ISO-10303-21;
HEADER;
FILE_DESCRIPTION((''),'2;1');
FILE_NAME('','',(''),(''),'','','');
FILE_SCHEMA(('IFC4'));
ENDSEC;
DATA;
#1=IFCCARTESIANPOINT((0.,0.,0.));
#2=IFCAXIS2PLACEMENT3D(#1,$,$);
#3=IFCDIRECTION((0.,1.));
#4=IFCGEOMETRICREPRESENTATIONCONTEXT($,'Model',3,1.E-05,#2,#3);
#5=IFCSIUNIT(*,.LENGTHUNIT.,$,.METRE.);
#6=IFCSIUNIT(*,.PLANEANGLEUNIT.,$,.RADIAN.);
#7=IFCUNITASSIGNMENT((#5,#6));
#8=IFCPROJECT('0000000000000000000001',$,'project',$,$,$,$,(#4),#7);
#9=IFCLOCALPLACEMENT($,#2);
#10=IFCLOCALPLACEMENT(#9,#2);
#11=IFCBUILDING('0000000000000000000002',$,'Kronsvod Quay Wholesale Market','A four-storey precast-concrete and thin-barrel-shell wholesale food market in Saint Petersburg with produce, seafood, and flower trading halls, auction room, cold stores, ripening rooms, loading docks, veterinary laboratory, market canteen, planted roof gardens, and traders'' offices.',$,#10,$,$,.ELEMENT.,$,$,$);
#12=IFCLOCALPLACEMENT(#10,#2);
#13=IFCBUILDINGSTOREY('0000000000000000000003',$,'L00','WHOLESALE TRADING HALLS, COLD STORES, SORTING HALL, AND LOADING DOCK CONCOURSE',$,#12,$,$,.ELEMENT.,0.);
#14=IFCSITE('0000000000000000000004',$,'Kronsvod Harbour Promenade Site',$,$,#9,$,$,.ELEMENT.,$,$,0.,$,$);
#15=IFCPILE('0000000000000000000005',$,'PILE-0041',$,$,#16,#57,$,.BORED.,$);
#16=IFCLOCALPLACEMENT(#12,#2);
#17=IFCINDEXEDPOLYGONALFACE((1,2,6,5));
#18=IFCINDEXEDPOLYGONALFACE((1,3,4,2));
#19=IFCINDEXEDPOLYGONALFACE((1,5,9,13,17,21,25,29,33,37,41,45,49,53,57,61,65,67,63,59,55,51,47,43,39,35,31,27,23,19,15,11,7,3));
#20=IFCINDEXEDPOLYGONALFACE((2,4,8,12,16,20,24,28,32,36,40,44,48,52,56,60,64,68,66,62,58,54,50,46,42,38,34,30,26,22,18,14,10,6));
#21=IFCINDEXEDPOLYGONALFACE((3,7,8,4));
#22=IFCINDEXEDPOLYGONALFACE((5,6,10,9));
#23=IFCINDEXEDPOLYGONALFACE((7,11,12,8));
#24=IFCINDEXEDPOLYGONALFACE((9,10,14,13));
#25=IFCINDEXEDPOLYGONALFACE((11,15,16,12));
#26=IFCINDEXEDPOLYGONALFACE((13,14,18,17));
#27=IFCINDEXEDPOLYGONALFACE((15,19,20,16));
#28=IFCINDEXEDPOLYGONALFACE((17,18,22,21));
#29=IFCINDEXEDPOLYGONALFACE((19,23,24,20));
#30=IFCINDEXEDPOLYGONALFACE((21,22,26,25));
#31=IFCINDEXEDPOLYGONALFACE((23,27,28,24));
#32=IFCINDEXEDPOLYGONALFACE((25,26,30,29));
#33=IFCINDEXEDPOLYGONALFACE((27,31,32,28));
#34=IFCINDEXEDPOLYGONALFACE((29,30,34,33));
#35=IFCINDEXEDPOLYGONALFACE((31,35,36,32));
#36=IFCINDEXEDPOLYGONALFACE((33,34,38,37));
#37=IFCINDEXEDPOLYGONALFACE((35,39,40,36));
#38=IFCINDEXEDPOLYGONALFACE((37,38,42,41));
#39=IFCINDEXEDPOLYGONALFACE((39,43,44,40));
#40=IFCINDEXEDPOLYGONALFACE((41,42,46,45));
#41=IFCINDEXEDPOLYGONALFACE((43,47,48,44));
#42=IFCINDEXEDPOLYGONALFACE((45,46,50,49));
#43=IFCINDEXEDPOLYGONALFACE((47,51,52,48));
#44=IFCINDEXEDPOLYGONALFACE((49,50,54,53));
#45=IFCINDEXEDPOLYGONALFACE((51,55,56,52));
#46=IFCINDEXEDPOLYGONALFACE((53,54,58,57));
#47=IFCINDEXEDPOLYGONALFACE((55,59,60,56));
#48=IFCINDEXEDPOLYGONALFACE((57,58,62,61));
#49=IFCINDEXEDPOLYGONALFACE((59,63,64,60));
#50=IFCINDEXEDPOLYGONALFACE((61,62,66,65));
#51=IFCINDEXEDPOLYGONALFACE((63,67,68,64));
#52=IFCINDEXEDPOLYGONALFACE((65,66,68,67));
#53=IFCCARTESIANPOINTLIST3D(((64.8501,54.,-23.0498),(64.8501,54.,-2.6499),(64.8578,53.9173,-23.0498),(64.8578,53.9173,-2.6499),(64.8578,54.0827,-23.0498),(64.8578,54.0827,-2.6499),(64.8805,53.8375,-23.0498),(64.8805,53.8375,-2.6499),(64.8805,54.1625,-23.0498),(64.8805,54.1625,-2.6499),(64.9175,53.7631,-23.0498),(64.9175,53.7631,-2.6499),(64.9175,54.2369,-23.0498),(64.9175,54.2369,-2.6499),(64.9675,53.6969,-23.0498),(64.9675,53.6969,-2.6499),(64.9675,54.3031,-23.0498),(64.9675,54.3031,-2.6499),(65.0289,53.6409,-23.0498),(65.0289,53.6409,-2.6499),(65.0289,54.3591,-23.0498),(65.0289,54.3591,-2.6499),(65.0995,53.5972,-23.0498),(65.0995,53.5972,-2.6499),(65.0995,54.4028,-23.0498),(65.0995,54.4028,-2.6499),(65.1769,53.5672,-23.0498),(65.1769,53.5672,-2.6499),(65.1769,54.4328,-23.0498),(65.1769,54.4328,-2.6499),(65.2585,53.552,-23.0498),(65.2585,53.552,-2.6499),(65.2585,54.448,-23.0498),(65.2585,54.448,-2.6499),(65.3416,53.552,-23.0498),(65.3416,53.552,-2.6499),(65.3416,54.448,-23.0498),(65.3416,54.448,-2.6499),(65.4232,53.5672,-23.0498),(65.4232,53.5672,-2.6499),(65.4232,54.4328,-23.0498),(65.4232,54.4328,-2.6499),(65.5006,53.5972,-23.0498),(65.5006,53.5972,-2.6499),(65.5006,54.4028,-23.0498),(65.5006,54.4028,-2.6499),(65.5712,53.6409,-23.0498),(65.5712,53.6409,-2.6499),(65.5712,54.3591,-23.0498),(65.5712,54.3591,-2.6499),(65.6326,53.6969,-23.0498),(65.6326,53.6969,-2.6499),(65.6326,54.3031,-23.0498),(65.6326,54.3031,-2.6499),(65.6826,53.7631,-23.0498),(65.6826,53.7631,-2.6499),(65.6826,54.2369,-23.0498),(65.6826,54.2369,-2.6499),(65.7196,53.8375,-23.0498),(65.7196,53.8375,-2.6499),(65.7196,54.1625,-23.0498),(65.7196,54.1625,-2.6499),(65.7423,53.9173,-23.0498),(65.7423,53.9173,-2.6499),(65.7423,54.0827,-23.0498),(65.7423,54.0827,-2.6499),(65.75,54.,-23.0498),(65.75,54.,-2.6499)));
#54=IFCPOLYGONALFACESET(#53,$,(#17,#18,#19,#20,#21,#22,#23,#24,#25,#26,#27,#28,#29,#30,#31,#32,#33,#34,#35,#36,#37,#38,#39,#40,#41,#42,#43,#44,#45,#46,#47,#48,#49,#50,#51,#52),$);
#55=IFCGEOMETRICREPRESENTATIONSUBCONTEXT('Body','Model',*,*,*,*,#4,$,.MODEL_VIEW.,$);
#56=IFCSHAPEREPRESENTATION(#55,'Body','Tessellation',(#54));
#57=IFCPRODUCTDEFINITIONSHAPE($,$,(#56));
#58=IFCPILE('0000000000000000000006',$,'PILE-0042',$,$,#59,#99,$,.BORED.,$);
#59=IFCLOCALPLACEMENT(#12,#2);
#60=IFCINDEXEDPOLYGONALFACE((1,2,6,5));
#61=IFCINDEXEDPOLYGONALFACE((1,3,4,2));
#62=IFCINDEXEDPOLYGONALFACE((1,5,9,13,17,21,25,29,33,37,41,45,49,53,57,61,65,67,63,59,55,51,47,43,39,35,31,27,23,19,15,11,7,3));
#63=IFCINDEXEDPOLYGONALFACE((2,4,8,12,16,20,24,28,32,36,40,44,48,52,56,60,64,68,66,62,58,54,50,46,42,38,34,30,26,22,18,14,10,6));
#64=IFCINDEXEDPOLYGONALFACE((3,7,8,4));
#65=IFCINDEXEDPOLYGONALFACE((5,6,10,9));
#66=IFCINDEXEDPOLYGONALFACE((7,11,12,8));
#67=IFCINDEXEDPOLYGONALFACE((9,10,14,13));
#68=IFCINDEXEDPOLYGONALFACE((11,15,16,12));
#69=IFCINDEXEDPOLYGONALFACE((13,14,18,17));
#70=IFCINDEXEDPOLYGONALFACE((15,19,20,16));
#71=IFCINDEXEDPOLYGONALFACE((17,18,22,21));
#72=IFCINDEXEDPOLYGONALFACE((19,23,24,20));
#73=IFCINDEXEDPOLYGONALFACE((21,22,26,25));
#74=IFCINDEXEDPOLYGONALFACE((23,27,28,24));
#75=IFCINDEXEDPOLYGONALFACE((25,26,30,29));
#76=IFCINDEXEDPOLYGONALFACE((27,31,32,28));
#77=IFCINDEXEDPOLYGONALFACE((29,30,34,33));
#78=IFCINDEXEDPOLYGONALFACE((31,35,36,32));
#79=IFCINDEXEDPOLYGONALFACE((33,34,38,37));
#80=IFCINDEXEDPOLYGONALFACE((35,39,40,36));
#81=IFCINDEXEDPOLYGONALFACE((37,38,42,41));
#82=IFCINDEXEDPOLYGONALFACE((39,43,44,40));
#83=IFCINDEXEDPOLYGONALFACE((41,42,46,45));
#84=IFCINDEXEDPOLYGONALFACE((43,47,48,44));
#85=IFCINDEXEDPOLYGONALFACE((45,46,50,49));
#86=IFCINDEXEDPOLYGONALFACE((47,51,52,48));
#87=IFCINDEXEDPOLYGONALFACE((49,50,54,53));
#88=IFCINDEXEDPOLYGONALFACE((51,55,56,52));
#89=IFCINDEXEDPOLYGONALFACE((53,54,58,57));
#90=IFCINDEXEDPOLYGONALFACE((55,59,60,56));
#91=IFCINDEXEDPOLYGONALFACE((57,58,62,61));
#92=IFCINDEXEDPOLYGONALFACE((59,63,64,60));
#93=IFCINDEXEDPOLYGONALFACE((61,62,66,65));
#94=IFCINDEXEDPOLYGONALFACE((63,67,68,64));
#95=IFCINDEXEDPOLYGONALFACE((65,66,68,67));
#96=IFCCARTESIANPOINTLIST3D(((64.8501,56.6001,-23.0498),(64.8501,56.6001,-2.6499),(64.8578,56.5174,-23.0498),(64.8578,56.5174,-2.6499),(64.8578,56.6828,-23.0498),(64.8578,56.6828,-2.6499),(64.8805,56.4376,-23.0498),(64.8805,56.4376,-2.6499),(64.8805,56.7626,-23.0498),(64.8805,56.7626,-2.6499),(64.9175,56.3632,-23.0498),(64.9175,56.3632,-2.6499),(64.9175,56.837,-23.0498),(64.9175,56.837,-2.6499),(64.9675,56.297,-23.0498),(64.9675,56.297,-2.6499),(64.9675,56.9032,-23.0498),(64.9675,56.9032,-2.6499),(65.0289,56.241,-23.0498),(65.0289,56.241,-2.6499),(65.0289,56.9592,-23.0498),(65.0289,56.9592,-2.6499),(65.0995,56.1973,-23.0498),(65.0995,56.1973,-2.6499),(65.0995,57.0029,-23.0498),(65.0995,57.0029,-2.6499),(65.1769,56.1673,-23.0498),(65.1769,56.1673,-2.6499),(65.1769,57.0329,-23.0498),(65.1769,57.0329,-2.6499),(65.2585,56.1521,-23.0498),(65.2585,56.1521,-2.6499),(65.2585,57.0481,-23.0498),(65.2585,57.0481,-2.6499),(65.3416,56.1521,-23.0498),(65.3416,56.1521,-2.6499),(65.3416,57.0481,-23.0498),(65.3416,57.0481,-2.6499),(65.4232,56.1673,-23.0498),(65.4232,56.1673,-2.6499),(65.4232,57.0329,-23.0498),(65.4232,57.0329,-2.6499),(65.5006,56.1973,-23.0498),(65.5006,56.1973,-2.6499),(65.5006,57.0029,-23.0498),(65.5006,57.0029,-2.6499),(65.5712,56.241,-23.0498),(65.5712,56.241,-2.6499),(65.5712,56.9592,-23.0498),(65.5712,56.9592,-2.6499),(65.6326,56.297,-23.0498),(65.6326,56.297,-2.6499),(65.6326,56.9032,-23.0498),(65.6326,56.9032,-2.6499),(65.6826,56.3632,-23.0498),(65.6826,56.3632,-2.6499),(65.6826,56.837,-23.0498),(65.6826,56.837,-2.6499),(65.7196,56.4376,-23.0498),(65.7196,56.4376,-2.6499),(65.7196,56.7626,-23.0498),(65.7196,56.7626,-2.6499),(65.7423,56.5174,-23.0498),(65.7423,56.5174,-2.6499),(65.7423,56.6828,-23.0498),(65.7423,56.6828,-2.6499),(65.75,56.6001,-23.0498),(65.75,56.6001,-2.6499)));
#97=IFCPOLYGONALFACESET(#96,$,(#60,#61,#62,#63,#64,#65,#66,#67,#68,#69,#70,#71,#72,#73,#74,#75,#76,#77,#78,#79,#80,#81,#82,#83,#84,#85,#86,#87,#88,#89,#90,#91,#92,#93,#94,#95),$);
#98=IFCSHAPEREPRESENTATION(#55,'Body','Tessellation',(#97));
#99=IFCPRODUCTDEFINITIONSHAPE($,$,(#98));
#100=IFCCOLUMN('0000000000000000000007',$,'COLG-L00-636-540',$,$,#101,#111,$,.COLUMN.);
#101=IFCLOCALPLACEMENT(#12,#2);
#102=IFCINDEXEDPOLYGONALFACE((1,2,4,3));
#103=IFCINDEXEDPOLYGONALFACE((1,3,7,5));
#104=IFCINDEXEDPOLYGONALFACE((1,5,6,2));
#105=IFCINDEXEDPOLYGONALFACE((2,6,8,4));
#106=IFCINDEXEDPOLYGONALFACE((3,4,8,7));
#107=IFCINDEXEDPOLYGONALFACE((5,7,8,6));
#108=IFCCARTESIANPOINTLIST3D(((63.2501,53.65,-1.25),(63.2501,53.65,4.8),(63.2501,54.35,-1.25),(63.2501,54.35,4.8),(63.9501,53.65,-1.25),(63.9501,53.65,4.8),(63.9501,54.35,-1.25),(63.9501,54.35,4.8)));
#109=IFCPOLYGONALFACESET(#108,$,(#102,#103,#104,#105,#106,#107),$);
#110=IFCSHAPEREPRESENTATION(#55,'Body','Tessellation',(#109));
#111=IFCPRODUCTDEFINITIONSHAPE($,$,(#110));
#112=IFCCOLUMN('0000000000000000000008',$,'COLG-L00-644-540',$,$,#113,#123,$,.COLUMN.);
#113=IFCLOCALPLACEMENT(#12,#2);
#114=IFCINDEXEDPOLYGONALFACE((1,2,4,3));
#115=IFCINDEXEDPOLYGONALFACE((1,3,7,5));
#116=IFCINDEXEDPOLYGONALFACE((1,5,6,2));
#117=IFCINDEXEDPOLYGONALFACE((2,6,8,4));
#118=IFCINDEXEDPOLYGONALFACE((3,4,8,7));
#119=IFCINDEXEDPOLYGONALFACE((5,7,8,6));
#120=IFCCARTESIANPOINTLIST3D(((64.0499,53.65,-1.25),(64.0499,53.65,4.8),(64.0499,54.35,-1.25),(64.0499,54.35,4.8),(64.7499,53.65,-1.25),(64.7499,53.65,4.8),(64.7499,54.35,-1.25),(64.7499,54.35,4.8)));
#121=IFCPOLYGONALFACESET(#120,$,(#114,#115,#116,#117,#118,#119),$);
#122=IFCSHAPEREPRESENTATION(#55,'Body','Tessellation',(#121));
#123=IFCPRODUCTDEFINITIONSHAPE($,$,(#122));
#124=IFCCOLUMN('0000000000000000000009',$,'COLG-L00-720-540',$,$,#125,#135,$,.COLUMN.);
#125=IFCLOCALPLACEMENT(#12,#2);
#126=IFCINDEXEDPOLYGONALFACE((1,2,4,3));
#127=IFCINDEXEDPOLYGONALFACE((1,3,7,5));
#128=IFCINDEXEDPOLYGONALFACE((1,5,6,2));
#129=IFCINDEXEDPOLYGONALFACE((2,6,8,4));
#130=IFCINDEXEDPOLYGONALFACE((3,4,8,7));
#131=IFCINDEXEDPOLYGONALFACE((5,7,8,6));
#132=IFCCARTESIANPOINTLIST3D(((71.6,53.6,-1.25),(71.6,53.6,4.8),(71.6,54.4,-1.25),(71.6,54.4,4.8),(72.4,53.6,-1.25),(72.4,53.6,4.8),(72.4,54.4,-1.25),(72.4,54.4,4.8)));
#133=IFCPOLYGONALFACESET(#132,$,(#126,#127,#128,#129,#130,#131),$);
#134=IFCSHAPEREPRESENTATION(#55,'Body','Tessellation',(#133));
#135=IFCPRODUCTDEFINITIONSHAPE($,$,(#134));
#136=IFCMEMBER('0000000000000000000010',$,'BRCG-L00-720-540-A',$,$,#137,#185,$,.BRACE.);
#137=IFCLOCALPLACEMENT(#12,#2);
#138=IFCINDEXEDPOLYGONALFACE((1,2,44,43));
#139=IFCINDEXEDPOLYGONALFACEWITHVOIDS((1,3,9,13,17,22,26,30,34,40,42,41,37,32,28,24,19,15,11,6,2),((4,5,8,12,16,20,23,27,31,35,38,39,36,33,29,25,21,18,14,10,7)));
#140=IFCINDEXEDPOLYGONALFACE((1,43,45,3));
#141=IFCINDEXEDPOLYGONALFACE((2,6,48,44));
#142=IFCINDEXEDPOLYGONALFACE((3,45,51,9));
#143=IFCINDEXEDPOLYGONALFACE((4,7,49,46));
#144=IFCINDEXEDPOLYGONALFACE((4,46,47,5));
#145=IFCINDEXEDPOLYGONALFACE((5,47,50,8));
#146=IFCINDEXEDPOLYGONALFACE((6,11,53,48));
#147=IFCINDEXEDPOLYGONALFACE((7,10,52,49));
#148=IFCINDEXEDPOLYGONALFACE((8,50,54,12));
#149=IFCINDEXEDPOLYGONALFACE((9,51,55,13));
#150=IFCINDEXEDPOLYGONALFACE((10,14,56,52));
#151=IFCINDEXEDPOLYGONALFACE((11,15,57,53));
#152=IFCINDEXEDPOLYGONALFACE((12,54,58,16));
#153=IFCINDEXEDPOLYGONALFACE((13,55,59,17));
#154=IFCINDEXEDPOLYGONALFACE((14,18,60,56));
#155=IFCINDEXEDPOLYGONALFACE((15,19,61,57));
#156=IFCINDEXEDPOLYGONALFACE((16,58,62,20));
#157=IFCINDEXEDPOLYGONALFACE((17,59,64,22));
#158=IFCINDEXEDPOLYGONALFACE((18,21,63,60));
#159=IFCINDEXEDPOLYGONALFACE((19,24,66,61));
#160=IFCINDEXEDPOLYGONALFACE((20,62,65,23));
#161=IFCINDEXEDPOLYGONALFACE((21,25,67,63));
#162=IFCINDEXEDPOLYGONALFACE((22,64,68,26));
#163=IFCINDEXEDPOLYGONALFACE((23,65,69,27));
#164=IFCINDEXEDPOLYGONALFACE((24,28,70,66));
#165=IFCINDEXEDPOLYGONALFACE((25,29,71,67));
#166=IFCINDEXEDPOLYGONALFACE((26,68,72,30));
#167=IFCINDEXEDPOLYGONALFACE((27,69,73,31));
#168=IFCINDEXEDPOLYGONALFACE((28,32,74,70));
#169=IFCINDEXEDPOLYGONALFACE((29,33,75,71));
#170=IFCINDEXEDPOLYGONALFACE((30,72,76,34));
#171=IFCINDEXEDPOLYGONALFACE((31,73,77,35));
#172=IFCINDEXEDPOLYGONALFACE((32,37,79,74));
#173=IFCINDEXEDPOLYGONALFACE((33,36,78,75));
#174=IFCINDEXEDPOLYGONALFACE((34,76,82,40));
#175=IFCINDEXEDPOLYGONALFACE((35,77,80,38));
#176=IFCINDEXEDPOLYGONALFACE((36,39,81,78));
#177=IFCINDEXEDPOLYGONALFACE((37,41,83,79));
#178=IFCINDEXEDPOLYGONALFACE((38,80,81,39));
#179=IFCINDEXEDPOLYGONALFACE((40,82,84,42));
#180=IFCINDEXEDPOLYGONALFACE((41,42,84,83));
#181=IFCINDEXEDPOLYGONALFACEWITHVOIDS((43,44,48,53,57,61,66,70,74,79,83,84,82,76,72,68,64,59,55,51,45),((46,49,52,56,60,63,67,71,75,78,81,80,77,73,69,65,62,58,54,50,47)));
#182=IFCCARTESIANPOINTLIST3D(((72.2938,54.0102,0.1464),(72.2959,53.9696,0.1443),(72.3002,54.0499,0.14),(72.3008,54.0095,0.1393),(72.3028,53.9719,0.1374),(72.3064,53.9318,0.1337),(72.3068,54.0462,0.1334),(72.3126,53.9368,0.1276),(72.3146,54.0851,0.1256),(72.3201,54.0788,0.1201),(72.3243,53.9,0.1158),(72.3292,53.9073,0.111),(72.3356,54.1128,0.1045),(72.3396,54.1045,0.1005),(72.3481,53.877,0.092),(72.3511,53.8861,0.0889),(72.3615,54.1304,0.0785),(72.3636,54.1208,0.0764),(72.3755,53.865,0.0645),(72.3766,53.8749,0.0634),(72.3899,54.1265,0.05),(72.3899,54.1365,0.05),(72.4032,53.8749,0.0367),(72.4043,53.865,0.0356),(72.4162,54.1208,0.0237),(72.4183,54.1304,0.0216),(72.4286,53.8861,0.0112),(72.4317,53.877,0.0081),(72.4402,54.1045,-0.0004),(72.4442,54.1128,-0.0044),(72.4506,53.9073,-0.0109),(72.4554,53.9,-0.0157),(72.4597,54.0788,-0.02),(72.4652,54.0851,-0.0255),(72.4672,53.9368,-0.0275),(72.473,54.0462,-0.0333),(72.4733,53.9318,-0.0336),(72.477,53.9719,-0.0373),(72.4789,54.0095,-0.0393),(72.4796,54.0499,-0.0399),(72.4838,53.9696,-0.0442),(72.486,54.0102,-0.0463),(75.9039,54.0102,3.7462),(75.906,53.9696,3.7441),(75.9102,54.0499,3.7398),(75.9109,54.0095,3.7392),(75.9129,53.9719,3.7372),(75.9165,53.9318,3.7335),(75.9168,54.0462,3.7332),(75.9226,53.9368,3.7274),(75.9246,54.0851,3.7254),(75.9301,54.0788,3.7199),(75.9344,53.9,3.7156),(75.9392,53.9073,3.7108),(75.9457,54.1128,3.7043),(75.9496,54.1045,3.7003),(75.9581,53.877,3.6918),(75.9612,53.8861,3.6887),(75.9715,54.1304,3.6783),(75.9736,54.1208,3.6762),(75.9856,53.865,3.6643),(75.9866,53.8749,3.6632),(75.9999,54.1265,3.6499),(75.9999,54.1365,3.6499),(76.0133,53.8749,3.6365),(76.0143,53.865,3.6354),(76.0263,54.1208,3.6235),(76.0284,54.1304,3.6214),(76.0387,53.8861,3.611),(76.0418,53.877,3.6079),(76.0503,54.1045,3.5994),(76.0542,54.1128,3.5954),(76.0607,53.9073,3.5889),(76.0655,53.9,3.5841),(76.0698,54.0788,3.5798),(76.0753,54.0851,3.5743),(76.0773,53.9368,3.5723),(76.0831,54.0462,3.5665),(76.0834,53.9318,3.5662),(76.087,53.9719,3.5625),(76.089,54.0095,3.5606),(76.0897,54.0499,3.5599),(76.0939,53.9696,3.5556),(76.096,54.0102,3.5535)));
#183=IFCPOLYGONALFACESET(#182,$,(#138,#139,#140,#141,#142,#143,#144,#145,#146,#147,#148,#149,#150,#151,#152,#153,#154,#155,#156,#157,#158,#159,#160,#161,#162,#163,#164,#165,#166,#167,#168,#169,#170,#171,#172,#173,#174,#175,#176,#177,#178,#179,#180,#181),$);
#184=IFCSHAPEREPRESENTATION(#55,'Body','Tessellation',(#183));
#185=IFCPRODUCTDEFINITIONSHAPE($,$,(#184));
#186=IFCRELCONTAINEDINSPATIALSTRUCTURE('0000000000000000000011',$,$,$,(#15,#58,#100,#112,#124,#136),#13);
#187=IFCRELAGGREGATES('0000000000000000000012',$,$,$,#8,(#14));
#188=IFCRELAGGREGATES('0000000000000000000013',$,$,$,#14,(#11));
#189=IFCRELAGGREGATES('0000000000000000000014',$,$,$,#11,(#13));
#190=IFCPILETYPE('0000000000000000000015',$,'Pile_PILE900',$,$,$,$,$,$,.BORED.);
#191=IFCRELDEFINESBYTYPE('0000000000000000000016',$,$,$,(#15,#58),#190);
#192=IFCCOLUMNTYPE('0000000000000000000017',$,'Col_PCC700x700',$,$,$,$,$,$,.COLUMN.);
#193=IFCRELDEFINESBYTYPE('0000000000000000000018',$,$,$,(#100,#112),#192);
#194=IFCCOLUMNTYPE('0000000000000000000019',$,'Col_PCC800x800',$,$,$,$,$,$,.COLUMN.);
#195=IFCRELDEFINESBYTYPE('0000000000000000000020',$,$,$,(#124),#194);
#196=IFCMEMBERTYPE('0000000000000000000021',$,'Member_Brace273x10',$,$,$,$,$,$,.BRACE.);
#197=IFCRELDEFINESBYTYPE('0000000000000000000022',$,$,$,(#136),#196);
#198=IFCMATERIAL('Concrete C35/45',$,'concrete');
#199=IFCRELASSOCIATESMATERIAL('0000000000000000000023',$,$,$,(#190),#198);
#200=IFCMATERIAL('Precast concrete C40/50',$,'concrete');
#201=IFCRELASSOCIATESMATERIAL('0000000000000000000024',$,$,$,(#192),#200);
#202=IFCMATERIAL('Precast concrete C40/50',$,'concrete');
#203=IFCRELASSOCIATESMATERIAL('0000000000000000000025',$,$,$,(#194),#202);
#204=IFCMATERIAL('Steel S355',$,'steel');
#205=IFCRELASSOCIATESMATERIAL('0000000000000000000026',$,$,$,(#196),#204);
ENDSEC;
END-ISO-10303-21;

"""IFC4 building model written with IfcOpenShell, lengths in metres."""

from ifc_helpers import new_model, si_unit, direction, frame, origin, origin_2d, place, context, subcontext, project, spatial, rectangle, circle, hollow_circle, extrude, material, material_profile, profile_set, type_object, element, save


model = new_model("IFC4")

# Units and contexts
model_context = context("Model", 3, precision=1e-05, world=origin(), true_north=direction((0.0, 1.0)))
body_context = subcontext(model_context, "Body", "Model", "MODEL_VIEW")
ifc_project = project(units=[si_unit("LENGTHUNIT", "METRE"), si_unit("PLANEANGLEUNIT", "RADIAN")], contexts=[model_context])

# Site, building, storey
site_placement = place(None, origin())
site = spatial("IfcSite", under=ifc_project, at=site_placement, Name="Kronsvod Harbour Promenade Site", CompositionType="ELEMENT", RefElevation=0.0)
building_placement = place(site_placement, origin())
building = spatial("IfcBuilding", under=site, at=building_placement, Name="Kronsvod Quay Wholesale Market", Description="A four-storey precast-concrete and thin-barrel-shell wholesale food market in Saint Petersburg with produce, seafood, and flower trading halls, auction room, cold stores, ripening rooms, loading docks, veterinary laboratory, market canteen, planted roof gardens, and traders' offices.", CompositionType="ELEMENT")
storey_placement = place(building_placement, origin())
storey = spatial("IfcBuildingStorey", under=building, at=storey_placement, Name="L00", Description="WHOLESALE TRADING HALLS, COLD STORES, SORTING HALL, AND LOADING DOCK CONCOURSE", CompositionType="ELEMENT", Elevation=0.0)

# Piles
ifc_material_1 = material(Name="Concrete C35/45", Category="concrete")
ifc_material_profile_1 = material_profile(ifc_material_1, circle(Radius=0.45, at=origin_2d()), Name="PILE900")
ifc_profile_set_1 = profile_set([ifc_material_profile_1], Name="Concrete C35/45")
pile_type_1 = type_object("IfcPileType", Name="Pile_PILE900", PredefinedType="BORED", material=ifc_profile_set_1)
for number, where, z_axis, x_axis, name in (
    (1, (65.3, 54.0, -2.6499), (0.0, 0.0, -1.0), (1.0, 0.0, 0.0), "PILE-0041"),
    (2, (65.3, 56.6001, -2.6499), (0.0, 0.0, -1.0), (1.0, 0.0, 0.0), "PILE-0042"),
):
    element("IfcPile", number, at=place(storey_placement, frame(where, z_axis=z_axis, x_axis=x_axis)), inside=storey, type_object=pile_type_1, Name=name, PredefinedType="BORED", context=body_context, shape_type="SweptSolid", body=[
        extrude(circle(Radius=0.45, at=origin_2d()), origin(), (0.0, 0.0, 1.0), 20.3999),
    ])

# Columns
ifc_material_2 = material(Name="Precast concrete C40/50", Category="concrete")
ifc_material_profile_2 = material_profile(ifc_material_2, rectangle(XDim=0.7, YDim=0.7, at=origin_2d()), Name="PCC700x700")
ifc_profile_set_2 = profile_set([ifc_material_profile_2], Name="Precast concrete C40/50")
column_type_1 = type_object("IfcColumnType", Name="Col_PCC700x700", PredefinedType="COLUMN", material=ifc_profile_set_2)
for number, where, z_axis, x_axis, name in (
    (3, (63.6001, 54.0, -1.25), (0.0, 0.0, 1.0), (1.0, 0.0, 0.0), "COLG-L00-636-540"),
    (4, (64.3999, 54.0, -1.25), (0.0, 0.0, 1.0), (1.0, 0.0, 0.0), "COLG-L00-644-540"),
):
    element("IfcColumn", number, at=place(storey_placement, frame(where, z_axis=z_axis, x_axis=x_axis)), inside=storey, type_object=column_type_1, Name=name, PredefinedType="COLUMN", context=body_context, shape_type="SweptSolid", body=[
        extrude(rectangle(XDim=0.7, YDim=0.7, at=origin_2d()), origin(), (0.0, 0.0, 1.0), 6.05),
    ])
ifc_material_3 = material(Name="Precast concrete C40/50", Category="concrete")
ifc_material_profile_3 = material_profile(ifc_material_3, rectangle(XDim=0.8, YDim=0.8, at=origin_2d()), Name="PCC800x800")
ifc_profile_set_3 = profile_set([ifc_material_profile_3], Name="Precast concrete C40/50")
column_type_2 = type_object("IfcColumnType", Name="Col_PCC800x800", PredefinedType="COLUMN", material=ifc_profile_set_3)
column_placement = place(storey_placement, frame((72.0, 54.0, -1.25), z_axis=(0.0, 0.0, 1.0), x_axis=(1.0, 0.0, 0.0)))
element("IfcColumn", 5, at=column_placement, inside=storey, type_object=column_type_2, Name="COLG-L00-720-540", PredefinedType="COLUMN", context=body_context, shape_type="SweptSolid", body=[
    extrude(rectangle(XDim=0.8, YDim=0.8, at=origin_2d()), origin(), (0.0, 0.0, 1.0), 6.05),
])

# Member
ifc_material_4 = material(Name="Steel S355", Category="steel")
ifc_material_profile_4 = material_profile(ifc_material_4, hollow_circle(Radius=0.1365, WallThickness=0.01, at=origin_2d()), Name="CHS273x10")
ifc_profile_set_4 = profile_set([ifc_material_profile_4], Name="Steel S355")
member_type = type_object("IfcMemberType", Name="Member_Brace273x10", PredefinedType="BRACE", material=ifc_profile_set_4)
member_placement = place(storey_placement, frame((72.3899, 54.0, 0.05), z_axis=(0.708112, 0.0, 0.7061), x_axis=(0.0, 1.0, 0.0)))
element("IfcMember", 6, at=member_placement, inside=storey, type_object=member_type, Name="BRCG-L00-720-540-A", PredefinedType="BRACE", context=body_context, shape_type="SweptSolid", body=[
    extrude(hollow_circle(Radius=0.1365, WallThickness=0.01, at=origin_2d()), origin(), (0.0, 0.0, 1.0), 5.0981),
])

save(model, "model.ifc")
